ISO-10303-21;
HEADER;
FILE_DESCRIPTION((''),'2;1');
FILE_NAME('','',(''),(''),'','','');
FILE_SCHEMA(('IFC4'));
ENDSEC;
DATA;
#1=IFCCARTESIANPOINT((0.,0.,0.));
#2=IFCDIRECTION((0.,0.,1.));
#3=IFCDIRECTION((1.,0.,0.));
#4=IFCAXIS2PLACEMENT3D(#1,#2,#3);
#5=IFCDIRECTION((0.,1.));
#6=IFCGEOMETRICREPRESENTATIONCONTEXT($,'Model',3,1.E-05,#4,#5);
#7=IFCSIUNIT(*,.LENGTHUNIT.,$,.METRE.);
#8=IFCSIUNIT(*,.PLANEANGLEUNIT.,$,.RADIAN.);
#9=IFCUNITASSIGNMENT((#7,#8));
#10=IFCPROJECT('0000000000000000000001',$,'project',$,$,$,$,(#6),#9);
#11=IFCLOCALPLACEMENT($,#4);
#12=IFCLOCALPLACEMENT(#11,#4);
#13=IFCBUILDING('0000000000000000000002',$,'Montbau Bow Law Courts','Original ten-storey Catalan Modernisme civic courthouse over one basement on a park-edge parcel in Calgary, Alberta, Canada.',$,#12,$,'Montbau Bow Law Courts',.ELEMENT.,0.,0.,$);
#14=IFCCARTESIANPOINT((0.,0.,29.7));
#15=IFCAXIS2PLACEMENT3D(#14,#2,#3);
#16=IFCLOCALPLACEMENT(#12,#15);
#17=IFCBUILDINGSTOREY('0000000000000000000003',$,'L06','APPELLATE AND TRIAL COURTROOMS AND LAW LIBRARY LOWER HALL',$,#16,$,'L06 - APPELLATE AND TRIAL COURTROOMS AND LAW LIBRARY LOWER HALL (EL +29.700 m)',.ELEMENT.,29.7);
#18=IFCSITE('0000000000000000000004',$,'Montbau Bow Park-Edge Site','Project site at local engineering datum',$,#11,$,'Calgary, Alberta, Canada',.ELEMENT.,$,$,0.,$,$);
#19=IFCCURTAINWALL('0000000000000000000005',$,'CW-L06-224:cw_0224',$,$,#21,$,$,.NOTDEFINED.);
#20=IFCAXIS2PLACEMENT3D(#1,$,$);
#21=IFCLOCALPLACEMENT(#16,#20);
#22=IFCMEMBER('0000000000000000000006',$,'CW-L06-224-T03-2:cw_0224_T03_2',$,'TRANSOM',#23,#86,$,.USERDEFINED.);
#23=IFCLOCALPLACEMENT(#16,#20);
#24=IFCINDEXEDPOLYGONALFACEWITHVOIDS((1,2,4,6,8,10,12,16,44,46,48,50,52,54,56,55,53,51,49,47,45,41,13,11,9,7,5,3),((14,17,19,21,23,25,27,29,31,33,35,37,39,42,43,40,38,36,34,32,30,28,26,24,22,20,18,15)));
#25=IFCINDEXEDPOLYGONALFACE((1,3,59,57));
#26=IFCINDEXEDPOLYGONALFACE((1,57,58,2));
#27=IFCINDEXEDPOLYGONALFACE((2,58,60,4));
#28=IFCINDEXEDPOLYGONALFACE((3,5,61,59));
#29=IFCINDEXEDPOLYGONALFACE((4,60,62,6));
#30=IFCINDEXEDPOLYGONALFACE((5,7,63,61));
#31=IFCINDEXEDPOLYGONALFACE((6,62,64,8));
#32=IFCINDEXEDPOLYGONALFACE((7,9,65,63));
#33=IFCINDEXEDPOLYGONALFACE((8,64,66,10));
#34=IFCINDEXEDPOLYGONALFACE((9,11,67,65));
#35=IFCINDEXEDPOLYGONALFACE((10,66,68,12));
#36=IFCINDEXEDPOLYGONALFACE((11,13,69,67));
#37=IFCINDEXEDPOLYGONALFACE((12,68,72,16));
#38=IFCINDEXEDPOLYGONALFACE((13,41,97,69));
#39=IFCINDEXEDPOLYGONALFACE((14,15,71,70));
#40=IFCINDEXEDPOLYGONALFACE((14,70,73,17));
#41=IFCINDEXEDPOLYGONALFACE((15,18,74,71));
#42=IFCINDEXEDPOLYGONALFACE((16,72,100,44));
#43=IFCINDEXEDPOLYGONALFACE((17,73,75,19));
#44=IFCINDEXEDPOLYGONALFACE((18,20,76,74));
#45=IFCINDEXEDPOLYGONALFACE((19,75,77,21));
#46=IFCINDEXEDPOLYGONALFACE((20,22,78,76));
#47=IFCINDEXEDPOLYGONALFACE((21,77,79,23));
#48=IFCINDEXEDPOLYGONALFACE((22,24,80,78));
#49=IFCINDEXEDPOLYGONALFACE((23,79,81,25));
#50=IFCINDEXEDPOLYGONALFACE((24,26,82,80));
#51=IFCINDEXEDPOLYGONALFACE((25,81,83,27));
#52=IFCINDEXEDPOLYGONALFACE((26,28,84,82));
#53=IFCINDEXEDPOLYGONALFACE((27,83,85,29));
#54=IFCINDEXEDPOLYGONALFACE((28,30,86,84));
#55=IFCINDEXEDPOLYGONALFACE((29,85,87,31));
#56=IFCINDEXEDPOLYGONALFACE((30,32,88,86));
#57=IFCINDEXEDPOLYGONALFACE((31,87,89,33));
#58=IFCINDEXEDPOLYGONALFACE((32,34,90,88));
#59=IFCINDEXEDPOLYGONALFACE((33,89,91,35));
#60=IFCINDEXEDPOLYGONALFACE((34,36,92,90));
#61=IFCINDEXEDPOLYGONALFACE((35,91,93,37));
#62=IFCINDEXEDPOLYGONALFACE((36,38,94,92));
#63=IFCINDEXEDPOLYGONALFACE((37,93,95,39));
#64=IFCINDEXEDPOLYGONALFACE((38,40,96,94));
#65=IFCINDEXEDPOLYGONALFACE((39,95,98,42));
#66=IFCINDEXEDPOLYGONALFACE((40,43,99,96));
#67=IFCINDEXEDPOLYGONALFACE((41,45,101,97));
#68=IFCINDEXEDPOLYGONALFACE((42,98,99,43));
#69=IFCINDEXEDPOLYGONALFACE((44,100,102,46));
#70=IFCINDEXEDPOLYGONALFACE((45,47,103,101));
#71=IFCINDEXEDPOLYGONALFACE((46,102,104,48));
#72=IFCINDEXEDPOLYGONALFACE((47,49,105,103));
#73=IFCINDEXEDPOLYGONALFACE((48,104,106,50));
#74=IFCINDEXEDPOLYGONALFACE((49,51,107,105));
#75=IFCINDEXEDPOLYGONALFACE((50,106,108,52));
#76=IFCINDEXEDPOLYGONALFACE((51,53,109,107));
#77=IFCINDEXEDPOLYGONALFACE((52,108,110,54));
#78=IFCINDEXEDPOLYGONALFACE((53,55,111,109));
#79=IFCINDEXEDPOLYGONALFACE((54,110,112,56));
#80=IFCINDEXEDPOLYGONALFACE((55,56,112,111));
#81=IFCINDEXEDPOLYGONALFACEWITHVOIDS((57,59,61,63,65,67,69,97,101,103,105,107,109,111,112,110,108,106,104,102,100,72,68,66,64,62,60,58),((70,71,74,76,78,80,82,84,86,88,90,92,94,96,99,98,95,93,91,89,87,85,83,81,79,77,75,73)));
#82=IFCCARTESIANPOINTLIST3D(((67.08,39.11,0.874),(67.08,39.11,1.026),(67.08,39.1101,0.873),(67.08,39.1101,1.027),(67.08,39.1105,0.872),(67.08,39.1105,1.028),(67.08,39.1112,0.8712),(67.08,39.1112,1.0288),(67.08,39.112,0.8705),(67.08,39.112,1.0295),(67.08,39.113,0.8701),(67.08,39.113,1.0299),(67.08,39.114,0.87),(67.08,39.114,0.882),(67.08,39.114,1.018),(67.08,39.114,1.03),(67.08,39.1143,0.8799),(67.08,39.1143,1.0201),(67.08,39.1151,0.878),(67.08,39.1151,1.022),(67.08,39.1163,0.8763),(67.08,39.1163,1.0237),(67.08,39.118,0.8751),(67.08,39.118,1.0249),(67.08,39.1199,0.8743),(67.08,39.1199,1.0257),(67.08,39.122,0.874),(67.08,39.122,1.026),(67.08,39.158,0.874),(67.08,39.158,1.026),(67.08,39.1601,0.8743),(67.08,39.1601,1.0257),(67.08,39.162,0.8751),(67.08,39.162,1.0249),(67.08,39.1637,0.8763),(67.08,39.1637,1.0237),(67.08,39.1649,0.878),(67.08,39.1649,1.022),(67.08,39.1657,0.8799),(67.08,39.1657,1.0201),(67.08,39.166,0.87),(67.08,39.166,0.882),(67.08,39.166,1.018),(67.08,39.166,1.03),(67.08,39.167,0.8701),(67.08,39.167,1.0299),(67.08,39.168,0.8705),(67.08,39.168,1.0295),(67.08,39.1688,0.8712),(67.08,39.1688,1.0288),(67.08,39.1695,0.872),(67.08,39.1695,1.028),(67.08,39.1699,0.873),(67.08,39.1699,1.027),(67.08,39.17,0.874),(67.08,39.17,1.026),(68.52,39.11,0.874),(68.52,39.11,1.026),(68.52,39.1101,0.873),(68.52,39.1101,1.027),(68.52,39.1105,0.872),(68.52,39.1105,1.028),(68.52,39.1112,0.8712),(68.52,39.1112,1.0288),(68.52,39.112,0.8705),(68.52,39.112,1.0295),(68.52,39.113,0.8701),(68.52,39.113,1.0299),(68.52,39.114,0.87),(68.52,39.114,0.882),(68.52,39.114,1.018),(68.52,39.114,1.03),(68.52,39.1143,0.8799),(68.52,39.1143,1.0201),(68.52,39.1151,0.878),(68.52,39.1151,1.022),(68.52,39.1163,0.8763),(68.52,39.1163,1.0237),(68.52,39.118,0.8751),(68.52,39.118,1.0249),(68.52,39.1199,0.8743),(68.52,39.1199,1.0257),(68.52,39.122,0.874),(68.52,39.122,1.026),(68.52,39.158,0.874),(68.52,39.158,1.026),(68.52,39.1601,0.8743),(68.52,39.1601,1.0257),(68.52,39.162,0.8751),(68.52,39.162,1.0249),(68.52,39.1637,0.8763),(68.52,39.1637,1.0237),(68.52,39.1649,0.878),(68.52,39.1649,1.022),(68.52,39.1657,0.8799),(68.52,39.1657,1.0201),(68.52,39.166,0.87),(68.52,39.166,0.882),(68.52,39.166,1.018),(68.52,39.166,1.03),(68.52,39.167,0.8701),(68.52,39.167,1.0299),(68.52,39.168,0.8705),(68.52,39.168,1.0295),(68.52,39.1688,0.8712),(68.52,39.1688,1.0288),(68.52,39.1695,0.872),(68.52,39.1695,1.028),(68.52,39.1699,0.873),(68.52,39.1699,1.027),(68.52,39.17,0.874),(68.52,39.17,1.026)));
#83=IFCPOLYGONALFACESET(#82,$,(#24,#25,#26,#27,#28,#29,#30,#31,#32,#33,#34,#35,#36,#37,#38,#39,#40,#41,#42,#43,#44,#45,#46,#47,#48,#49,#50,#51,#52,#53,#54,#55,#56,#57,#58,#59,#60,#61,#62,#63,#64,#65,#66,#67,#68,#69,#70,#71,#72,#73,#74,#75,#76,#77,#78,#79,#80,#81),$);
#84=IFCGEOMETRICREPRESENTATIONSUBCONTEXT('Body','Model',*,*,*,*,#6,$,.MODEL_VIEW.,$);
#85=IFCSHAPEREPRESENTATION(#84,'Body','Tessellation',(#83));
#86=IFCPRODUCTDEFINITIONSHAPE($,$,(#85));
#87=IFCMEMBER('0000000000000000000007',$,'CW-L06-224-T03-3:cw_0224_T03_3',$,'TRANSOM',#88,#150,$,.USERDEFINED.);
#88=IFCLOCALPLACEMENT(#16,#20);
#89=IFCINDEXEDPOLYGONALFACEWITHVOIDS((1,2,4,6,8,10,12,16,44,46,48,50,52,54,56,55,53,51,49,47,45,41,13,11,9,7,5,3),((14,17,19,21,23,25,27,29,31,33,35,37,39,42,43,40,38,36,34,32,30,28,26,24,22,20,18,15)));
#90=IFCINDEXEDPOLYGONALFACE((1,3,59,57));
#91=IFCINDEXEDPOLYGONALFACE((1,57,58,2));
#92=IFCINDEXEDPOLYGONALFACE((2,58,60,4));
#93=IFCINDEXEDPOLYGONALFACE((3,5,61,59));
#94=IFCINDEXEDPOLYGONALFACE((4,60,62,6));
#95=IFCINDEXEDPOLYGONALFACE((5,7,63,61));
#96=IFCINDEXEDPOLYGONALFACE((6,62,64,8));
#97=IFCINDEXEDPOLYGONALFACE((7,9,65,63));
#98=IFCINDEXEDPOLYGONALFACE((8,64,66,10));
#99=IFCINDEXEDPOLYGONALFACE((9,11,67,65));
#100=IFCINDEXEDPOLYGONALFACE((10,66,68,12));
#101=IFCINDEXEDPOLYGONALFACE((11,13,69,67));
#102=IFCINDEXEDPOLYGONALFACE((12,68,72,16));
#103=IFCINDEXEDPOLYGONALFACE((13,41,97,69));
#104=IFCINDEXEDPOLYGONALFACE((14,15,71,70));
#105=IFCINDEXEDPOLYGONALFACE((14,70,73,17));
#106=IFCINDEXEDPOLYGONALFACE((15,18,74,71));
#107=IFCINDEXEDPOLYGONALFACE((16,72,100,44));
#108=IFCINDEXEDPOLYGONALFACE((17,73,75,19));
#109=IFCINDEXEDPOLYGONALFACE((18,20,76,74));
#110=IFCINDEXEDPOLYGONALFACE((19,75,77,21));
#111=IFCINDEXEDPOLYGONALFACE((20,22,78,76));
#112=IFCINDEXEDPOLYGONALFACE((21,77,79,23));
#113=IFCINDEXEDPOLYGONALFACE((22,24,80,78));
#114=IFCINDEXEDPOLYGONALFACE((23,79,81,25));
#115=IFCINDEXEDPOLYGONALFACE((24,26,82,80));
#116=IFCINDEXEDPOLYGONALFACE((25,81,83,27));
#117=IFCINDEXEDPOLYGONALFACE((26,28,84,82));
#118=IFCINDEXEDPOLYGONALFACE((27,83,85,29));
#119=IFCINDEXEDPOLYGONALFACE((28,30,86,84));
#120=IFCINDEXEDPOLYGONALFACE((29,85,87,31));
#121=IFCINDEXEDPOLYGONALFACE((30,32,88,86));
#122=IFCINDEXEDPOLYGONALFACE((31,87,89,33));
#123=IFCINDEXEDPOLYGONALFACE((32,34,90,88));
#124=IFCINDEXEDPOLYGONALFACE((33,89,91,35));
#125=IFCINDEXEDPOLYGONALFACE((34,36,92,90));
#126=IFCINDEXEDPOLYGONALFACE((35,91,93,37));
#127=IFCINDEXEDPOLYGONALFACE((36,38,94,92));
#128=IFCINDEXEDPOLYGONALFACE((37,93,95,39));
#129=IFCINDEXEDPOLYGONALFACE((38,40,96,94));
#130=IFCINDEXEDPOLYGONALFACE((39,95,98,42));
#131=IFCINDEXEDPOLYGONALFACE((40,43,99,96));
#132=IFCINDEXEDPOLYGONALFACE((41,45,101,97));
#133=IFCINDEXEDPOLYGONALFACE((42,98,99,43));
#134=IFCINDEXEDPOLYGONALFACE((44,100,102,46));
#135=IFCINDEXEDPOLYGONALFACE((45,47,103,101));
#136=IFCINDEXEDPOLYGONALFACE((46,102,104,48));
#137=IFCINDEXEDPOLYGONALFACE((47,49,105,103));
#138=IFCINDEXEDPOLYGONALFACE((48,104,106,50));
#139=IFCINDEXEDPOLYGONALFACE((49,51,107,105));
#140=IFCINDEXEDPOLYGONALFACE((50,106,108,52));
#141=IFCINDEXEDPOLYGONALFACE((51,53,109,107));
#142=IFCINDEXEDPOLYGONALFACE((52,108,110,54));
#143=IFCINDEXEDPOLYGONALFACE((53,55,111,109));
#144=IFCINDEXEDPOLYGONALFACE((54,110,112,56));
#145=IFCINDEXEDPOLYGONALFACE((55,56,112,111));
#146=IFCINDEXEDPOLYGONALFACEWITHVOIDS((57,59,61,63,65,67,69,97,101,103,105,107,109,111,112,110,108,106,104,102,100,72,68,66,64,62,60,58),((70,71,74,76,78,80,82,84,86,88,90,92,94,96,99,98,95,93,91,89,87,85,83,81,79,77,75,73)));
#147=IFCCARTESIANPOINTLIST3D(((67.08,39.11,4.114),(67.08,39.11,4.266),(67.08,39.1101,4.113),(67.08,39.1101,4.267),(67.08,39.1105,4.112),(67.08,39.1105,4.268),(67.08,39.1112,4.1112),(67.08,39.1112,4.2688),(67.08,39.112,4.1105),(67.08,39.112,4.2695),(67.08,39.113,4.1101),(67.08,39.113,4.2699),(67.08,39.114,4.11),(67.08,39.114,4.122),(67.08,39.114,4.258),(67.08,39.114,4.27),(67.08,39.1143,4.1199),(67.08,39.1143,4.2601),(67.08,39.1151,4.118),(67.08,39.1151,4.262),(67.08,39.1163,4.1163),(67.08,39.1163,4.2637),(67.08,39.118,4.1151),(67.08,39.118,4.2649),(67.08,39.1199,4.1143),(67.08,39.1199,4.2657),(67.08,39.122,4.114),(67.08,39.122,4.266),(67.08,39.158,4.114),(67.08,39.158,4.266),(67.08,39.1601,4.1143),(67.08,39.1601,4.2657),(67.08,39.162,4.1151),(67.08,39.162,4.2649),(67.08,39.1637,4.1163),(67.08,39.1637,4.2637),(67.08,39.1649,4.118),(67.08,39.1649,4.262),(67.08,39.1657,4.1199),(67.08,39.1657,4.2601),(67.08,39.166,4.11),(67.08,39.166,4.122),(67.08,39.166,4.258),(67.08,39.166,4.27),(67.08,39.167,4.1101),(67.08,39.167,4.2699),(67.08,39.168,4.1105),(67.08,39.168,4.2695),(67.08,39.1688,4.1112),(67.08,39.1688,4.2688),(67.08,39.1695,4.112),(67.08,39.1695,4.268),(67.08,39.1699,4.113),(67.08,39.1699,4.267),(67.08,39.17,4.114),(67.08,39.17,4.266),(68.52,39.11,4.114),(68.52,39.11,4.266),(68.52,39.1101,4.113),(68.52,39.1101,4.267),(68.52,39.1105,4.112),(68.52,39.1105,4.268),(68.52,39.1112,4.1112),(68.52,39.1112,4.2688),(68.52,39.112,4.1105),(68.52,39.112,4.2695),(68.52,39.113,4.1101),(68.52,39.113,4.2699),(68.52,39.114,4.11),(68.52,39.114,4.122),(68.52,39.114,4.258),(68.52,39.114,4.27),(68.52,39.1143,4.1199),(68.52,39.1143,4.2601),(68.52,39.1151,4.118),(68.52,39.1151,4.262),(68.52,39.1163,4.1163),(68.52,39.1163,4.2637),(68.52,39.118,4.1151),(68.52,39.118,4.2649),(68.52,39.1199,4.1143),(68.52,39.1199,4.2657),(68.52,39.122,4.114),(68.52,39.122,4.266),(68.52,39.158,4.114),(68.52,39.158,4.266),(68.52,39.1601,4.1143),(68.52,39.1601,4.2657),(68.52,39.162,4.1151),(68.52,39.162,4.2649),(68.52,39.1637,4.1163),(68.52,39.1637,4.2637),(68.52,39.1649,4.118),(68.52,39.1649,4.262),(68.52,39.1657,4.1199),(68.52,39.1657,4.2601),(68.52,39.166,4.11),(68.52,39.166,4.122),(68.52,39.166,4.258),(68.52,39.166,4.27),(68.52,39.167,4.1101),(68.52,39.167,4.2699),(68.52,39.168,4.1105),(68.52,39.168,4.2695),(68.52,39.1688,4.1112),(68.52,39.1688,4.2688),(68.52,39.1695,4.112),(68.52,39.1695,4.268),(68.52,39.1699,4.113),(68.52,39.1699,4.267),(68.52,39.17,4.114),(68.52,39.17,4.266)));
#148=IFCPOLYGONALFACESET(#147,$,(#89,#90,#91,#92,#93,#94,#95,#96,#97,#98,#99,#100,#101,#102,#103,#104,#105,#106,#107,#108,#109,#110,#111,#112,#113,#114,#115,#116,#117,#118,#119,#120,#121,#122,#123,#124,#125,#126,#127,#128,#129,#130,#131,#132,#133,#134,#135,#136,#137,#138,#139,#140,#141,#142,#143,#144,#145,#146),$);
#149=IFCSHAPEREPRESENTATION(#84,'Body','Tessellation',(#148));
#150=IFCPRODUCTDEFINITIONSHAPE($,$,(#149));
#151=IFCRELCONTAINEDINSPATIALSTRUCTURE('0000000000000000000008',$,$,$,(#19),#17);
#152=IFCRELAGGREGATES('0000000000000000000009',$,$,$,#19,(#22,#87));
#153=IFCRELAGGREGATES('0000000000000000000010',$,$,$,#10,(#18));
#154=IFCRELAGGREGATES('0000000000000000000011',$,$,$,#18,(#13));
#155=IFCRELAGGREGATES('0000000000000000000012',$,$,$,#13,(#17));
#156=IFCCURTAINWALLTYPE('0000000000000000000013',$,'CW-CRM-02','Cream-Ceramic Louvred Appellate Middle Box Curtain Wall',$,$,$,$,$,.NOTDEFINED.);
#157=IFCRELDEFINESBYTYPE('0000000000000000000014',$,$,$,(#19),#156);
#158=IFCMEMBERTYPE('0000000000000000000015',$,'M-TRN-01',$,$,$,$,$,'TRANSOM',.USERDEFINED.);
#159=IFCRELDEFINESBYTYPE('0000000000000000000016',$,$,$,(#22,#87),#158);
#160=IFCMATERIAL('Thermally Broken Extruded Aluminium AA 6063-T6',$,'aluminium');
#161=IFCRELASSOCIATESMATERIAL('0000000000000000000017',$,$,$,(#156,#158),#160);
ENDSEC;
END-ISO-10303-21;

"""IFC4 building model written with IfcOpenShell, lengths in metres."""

from ifc_helpers import new_model, si_unit, direction, frame, origin_with_axes, origin_2d_with_axis, place, context, subcontext, project, spatial, hollow_rectangle, extrude, material, material_profile, profile_set, type_object, element, aggregate, save


model = new_model("IFC4")

# Units and contexts
model_context = context("Model", 3, precision=1e-05, world=origin_with_axes(), true_north=direction((0.0, 1.0)))
body_context = subcontext(model_context, "Body", "Model", "MODEL_VIEW")
ifc_project = project(units=[si_unit("LENGTHUNIT", "METRE"), si_unit("PLANEANGLEUNIT", "RADIAN")], contexts=[model_context])

# Site, building, storey
site_placement = place(None, origin_with_axes())
site = spatial("IfcSite", under=ifc_project, at=site_placement, Name="Montbau Bow Park-Edge Site", Description="Project site at local engineering datum", LongName="Calgary, Alberta, Canada", CompositionType="ELEMENT", RefElevation=0.0)
building_placement = place(site_placement, origin_with_axes())
building = spatial("IfcBuilding", under=site, at=building_placement, Name="Montbau Bow Law Courts", Description="Original ten-storey Catalan Modernisme civic courthouse over one basement on a park-edge parcel in Calgary, Alberta, Canada.", LongName="Montbau Bow Law Courts", CompositionType="ELEMENT", ElevationOfRefHeight=0.0, ElevationOfTerrain=0.0)
storey_placement = place(building_placement, frame((0.0, 0.0, 29.7), z_axis=(0.0, 0.0, 1.0), x_axis=(1.0, 0.0, 0.0)))
storey = spatial("IfcBuildingStorey", under=building, at=storey_placement, Name="L06", Description="APPELLATE AND TRIAL COURTROOMS AND LAW LIBRARY LOWER HALL", LongName="L06 - APPELLATE AND TRIAL COURTROOMS AND LAW LIBRARY LOWER HALL (EL +29.700 m)", CompositionType="ELEMENT", Elevation=29.7)

# Curtain wall, members
ifc_material_1 = material(Name="Thermally Broken Extruded Aluminium AA 6063-T6", Category="aluminium")
curtain_wall_type = type_object("IfcCurtainWallType", Name="CW-CRM-02", Description="Cream-Ceramic Louvred Appellate Middle Box Curtain Wall", PredefinedType="NOTDEFINED", material=ifc_material_1)
curtain_wall_placement = place(None, frame((64.04, 39.14, 29.7), z_axis=(0.0, 0.0, 1.0), x_axis=(1.0, 0.0, 0.0)))
curtain_wall = element("IfcCurtainWall", 1, at=curtain_wall_placement, inside=storey, type_object=curtain_wall_type, Name="CW-L06-224:cw_0224", PredefinedType="NOTDEFINED")
ifc_material_profile_1 = material_profile(ifc_material_1, hollow_rectangle(XDim=0.06, YDim=0.16, WallThickness=0.004, InnerFilletRadius=0.008, OuterFilletRadius=0.004, at=origin_2d_with_axis()), Name="CWT-160X60", Category="Main", Priority=0)
ifc_profile_set_1 = profile_set([ifc_material_profile_1], Name="Thermally Broken Extruded Aluminium AA 6063-T6")
member_type_1 = type_object("IfcMemberType", Name="M-TRN-01", ElementType="TRANSOM", PredefinedType="USERDEFINED", material=ifc_profile_set_1)
member_1_placement = place(None, frame((67.08, 39.14, 30.65), z_axis=(1.0, 0.0, 0.0), x_axis=(0.0, 1.0, 0.0)))
member_1 = element("IfcMember", 2, at=member_1_placement, type_object=member_type_1, Name="CW-L06-224-T03-2:cw_0224_T03_2", ObjectType="TRANSOM", PredefinedType="USERDEFINED", context=body_context, shape_type="SweptSolid", body=[
    extrude(hollow_rectangle(XDim=0.06, YDim=0.16, WallThickness=0.004, InnerFilletRadius=0.008, OuterFilletRadius=0.004, at=origin_2d_with_axis()), origin_with_axes(), (0.0, 0.0, 1.0), 1.44),
])
member_2_placement = place(None, frame((67.08, 39.14, 33.89), z_axis=(1.0, 0.0, 0.0), x_axis=(0.0, 1.0, 0.0)))
member_2 = element("IfcMember", 3, at=member_2_placement, type_object=member_type_1, Name="CW-L06-224-T03-3:cw_0224_T03_3", ObjectType="TRANSOM", PredefinedType="USERDEFINED", context=body_context, shape_type="SweptSolid", body=[
    extrude(hollow_rectangle(XDim=0.06, YDim=0.16, WallThickness=0.004, InnerFilletRadius=0.008, OuterFilletRadius=0.004, at=origin_2d_with_axis()), origin_with_axes(), (0.0, 0.0, 1.0), 1.44),
])
aggregate(curtain_wall, [member_1, member_2])

save(model, "model.ifc")
